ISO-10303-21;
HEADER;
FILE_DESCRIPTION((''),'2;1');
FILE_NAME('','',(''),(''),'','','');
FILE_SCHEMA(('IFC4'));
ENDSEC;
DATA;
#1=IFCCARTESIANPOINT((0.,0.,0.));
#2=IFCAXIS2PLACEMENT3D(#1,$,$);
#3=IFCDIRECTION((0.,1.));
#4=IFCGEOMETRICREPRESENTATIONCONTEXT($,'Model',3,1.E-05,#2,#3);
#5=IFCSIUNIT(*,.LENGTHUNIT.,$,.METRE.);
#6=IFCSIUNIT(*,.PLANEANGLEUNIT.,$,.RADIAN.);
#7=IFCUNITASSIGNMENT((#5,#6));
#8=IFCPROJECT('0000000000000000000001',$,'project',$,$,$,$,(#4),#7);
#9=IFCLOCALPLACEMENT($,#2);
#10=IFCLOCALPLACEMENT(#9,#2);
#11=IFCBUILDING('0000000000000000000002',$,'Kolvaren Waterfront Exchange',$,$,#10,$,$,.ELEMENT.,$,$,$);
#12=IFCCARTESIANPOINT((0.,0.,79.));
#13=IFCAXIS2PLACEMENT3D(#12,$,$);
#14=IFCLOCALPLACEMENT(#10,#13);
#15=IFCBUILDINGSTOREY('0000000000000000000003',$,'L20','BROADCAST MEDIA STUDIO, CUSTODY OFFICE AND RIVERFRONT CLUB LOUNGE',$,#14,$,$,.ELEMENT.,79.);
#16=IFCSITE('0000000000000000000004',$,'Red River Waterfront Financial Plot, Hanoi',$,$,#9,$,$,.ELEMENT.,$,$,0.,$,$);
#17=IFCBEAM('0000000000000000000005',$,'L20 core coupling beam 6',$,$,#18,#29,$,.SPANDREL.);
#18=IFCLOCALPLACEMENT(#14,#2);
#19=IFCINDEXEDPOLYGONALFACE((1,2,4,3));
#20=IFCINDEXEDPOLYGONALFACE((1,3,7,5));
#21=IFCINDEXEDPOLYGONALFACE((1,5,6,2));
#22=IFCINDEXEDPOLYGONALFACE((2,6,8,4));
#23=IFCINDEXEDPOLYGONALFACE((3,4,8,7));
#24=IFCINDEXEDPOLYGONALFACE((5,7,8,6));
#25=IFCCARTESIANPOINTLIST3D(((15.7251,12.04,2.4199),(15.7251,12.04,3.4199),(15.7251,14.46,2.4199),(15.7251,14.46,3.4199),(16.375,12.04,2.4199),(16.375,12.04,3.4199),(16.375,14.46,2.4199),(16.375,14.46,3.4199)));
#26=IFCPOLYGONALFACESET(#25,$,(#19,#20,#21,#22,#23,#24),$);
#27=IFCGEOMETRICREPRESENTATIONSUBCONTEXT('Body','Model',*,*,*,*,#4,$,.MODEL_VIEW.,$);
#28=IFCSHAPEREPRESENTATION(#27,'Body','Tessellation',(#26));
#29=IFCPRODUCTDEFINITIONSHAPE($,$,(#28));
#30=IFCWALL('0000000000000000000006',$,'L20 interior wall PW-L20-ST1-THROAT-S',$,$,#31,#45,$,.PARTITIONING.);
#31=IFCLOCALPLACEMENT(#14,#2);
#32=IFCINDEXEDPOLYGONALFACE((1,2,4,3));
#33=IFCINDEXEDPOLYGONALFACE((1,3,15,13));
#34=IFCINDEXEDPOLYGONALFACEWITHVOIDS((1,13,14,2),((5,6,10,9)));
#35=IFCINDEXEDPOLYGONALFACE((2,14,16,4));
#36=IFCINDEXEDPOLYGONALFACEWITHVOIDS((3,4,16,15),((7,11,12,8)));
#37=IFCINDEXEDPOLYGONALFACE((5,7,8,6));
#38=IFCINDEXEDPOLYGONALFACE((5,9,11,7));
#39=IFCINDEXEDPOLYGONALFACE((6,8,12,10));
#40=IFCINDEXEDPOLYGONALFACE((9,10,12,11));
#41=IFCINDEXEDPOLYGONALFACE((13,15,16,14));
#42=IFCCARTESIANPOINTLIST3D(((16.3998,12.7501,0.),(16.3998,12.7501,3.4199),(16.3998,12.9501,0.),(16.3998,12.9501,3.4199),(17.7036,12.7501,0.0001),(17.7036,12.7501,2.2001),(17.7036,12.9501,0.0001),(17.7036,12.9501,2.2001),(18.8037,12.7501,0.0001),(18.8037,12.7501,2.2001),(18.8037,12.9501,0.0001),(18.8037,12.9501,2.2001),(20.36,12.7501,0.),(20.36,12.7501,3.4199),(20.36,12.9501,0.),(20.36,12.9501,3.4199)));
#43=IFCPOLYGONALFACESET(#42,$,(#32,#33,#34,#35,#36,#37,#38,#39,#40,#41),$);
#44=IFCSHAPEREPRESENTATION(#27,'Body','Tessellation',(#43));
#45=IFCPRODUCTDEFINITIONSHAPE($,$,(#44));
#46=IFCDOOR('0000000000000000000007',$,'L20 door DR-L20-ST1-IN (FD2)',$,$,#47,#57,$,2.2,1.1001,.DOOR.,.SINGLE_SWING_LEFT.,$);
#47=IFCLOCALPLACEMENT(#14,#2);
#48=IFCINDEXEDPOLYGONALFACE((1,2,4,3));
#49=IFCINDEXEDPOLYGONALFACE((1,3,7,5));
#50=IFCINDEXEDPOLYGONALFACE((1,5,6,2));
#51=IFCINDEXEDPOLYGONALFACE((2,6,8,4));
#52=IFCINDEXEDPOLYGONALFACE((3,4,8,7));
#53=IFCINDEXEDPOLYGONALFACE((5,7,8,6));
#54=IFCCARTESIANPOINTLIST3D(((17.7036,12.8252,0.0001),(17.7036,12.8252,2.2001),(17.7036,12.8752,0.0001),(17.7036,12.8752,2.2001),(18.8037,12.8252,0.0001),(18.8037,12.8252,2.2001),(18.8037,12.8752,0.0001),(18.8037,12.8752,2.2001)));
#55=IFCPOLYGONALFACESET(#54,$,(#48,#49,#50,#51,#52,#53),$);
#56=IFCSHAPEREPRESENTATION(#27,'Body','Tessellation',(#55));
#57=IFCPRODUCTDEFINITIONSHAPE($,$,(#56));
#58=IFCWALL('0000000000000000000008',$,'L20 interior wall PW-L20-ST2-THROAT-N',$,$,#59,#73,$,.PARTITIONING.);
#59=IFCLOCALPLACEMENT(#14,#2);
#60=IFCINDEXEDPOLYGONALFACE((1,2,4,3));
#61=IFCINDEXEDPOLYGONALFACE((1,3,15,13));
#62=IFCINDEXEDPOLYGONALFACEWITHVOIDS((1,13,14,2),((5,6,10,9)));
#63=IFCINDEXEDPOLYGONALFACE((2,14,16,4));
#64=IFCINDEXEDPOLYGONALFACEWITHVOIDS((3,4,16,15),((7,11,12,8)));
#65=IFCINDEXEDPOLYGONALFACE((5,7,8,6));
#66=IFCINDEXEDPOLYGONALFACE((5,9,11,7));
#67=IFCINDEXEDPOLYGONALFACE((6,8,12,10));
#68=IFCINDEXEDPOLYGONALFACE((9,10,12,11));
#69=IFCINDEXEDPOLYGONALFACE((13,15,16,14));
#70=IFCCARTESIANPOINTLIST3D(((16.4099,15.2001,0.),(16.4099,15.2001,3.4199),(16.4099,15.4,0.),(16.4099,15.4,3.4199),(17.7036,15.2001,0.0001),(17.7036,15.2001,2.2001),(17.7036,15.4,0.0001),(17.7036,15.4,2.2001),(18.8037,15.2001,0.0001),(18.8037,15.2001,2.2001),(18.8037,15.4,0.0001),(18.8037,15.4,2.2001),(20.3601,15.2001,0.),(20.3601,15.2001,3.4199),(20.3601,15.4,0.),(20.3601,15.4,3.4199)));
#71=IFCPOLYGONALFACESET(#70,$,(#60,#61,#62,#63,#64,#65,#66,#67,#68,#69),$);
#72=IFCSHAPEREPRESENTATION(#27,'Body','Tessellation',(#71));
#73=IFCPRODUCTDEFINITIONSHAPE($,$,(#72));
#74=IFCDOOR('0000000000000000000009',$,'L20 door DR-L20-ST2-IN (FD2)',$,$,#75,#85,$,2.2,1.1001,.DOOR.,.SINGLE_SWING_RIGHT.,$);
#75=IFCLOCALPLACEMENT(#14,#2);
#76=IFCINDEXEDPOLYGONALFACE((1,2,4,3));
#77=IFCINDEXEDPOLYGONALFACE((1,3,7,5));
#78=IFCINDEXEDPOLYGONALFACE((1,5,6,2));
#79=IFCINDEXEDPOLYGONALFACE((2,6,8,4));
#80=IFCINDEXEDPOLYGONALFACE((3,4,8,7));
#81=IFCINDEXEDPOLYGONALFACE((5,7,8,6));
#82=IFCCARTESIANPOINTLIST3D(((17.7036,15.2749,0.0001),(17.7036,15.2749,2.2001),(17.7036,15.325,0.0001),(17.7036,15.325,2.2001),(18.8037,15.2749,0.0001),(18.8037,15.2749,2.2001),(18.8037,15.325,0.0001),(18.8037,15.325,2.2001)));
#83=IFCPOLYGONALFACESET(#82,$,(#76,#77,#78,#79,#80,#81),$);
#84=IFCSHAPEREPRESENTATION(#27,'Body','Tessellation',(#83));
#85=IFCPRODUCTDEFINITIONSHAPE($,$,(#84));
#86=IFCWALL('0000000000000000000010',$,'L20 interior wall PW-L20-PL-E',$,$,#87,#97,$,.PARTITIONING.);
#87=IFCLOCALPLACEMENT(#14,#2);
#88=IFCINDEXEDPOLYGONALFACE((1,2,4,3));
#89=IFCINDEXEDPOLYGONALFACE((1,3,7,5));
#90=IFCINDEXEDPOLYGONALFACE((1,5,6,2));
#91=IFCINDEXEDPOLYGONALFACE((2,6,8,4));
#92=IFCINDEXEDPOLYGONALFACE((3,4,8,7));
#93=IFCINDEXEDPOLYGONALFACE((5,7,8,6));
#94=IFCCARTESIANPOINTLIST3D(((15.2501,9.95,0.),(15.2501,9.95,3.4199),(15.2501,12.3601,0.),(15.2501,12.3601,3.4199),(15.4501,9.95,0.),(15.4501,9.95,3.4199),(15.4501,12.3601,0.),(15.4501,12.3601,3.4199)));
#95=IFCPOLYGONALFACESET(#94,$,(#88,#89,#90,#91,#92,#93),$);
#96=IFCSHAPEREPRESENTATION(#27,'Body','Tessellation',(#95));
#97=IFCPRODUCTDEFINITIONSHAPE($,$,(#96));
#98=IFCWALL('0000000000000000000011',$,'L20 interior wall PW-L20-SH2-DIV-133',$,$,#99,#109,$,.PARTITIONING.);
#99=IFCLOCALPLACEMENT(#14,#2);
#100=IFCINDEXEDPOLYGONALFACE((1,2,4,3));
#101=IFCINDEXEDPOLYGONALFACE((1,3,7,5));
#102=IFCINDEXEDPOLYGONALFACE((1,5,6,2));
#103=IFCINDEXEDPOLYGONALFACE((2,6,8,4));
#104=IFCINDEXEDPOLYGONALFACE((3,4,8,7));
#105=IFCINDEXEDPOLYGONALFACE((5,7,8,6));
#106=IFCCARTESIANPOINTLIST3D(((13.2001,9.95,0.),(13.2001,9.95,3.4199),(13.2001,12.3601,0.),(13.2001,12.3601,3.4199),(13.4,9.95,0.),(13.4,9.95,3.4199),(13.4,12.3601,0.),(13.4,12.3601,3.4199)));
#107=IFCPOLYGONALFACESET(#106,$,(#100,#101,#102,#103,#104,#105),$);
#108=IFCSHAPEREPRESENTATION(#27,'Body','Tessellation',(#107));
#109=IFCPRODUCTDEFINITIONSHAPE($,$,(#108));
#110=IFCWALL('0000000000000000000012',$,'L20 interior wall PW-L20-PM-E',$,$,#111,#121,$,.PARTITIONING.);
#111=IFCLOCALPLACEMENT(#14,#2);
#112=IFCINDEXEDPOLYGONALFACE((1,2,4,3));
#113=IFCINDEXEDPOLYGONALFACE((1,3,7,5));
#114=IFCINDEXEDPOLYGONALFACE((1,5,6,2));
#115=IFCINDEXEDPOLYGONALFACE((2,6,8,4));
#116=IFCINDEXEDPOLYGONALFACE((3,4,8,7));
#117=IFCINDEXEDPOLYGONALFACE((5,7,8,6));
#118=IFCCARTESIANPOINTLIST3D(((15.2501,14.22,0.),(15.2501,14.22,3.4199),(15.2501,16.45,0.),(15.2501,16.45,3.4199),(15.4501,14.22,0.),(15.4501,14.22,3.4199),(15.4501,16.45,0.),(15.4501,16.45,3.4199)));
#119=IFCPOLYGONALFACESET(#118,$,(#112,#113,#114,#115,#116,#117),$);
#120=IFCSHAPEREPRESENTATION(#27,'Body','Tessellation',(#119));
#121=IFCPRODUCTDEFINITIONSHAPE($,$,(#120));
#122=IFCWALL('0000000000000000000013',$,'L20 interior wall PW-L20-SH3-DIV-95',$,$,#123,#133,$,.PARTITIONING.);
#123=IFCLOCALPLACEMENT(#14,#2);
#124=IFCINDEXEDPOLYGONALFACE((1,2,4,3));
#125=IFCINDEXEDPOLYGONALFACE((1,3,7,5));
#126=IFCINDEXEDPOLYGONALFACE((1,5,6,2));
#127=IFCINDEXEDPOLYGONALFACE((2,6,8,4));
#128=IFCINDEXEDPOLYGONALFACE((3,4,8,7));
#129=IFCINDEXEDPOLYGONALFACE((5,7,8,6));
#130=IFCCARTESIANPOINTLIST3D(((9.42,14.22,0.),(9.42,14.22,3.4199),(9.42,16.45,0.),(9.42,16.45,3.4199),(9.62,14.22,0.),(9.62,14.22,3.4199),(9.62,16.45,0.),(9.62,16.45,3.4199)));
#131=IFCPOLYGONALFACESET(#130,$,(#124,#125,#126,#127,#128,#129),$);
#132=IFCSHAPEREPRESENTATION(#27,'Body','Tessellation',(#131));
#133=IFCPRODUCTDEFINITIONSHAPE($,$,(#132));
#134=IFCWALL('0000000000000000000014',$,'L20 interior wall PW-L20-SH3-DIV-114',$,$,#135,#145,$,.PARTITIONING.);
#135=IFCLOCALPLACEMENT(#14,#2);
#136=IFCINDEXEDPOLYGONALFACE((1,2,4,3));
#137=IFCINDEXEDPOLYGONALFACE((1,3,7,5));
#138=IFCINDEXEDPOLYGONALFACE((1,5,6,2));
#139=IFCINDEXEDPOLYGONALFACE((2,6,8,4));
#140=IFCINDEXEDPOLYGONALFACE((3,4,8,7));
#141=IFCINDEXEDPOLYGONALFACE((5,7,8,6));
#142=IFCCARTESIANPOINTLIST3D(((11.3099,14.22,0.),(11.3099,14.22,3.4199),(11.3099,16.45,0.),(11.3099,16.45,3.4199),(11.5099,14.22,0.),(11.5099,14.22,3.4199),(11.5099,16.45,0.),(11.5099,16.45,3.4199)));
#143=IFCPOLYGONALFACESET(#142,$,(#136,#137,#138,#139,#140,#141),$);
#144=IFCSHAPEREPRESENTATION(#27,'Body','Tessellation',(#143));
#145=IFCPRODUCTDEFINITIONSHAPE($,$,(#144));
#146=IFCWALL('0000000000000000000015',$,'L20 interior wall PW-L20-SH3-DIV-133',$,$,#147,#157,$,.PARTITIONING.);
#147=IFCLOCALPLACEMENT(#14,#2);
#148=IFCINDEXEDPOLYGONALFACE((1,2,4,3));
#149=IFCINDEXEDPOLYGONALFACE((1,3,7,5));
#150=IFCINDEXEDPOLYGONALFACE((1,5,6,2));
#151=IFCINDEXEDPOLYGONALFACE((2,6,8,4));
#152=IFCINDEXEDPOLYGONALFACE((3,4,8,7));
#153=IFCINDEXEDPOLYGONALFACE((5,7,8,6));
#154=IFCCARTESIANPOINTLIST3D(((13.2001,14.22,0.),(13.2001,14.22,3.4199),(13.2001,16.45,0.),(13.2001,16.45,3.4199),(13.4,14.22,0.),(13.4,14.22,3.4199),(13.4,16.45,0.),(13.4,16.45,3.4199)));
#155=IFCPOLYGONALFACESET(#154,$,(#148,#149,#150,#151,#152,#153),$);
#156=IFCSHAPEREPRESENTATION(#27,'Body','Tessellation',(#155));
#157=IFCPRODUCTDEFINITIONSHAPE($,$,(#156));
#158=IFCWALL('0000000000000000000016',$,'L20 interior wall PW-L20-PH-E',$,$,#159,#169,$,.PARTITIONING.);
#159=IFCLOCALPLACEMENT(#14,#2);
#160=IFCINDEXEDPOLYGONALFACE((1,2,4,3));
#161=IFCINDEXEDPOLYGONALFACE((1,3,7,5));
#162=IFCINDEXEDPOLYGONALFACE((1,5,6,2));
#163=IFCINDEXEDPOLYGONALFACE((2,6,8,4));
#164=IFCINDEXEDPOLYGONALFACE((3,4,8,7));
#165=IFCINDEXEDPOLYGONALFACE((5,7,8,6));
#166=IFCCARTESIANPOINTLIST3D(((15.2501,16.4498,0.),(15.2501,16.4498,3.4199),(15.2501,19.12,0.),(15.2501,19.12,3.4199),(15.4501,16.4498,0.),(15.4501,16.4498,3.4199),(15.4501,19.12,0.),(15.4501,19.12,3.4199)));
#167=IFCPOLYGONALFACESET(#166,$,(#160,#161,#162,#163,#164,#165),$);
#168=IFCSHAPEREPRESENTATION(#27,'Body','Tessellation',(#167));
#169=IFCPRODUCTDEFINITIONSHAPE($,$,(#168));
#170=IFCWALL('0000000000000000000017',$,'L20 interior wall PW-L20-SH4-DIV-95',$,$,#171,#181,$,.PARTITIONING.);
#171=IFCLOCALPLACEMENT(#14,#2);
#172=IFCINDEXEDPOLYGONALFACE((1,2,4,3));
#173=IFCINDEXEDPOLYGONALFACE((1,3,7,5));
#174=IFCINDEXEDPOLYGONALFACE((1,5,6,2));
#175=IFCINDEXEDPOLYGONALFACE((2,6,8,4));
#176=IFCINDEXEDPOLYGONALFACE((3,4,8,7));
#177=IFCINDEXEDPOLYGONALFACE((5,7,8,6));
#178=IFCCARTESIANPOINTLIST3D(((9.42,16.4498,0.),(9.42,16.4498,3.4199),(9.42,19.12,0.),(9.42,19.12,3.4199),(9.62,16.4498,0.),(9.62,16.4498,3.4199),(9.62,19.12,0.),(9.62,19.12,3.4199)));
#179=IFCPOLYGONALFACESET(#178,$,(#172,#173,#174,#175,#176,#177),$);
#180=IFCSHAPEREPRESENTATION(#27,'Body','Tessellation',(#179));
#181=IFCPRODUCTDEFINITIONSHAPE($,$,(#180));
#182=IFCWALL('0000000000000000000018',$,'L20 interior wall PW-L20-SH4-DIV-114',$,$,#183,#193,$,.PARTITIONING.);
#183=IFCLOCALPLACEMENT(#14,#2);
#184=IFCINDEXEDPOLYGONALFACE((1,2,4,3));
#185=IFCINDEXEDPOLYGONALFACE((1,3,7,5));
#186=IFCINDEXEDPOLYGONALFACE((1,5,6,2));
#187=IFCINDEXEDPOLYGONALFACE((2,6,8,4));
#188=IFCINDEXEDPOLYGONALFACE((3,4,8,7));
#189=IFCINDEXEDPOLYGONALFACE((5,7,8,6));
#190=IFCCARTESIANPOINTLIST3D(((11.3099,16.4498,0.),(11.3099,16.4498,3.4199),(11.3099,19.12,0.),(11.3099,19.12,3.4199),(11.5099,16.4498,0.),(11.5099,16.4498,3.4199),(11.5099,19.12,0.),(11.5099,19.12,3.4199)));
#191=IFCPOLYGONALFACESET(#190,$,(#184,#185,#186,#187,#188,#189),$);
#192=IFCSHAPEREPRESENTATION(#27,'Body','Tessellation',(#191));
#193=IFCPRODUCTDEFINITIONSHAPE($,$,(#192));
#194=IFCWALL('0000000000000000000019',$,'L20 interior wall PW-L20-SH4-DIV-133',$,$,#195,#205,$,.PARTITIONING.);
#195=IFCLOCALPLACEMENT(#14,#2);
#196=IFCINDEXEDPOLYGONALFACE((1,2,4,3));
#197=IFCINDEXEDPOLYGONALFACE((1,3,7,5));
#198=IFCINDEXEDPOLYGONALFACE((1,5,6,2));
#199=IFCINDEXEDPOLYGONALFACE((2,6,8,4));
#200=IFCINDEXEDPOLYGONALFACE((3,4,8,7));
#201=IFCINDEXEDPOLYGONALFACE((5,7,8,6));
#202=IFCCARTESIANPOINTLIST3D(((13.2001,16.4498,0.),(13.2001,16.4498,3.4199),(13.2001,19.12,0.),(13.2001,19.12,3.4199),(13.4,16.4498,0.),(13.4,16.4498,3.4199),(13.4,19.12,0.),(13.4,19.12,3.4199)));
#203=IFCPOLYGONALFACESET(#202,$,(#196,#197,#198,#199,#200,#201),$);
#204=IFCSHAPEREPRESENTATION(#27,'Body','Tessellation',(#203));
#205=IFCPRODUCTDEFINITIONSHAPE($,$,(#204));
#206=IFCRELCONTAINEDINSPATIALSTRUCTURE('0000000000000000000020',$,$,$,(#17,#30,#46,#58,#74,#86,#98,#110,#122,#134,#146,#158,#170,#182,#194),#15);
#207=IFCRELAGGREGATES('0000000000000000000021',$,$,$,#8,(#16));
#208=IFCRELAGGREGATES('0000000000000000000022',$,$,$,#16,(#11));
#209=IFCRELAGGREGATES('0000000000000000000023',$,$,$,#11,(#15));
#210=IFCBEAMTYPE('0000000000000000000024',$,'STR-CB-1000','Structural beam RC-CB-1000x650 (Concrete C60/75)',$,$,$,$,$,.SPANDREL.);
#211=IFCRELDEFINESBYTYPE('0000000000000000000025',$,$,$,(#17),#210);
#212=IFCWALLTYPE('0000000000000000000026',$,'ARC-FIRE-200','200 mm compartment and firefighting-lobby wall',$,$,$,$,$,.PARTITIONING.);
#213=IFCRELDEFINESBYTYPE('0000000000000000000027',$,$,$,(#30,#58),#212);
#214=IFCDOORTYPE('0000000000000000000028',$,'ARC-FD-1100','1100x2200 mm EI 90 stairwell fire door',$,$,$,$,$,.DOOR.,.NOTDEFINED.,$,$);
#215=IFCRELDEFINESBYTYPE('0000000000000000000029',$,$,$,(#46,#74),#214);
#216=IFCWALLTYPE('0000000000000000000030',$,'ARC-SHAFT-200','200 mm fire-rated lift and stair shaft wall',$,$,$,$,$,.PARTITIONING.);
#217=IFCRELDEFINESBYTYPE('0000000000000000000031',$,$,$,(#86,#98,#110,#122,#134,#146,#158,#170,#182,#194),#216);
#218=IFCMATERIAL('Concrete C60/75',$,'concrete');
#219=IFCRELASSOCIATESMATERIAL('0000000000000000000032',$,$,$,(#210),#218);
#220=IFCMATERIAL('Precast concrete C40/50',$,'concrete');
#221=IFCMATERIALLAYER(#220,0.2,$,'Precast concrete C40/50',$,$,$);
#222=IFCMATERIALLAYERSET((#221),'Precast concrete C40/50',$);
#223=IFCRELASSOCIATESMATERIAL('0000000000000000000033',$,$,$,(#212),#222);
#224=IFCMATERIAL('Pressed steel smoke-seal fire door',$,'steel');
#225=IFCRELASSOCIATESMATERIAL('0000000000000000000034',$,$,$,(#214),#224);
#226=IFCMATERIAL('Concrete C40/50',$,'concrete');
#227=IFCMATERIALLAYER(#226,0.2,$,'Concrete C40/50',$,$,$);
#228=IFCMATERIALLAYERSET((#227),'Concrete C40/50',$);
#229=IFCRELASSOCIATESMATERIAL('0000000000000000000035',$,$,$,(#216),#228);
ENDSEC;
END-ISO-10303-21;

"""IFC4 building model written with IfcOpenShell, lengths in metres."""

from ifc_helpers import new_model, si_unit, direction, frame, frame_2d, origin, origin_2d, place, context, subcontext, project, spatial, rectangle, extrude, material, layer, layer_set, material_profile, profile_set, type_object, element, fill, save


model = new_model("IFC4")

# Units and contexts
model_context = context("Model", 3, precision=1e-05, world=origin(), true_north=direction((0.0, 1.0)))
body_context = subcontext(model_context, "Body", "Model", "MODEL_VIEW")
ifc_project = project(units=[si_unit("LENGTHUNIT", "METRE"), si_unit("PLANEANGLEUNIT", "RADIAN")], contexts=[model_context])

# Site, building, storey
site_placement = place(None, origin())
site = spatial("IfcSite", under=ifc_project, at=site_placement, Name="Red River Waterfront Financial Plot, Hanoi", CompositionType="ELEMENT", RefElevation=0.0)
building_placement = place(site_placement, origin())
building = spatial("IfcBuilding", under=site, at=building_placement, Name="Kolvaren Waterfront Exchange", CompositionType="ELEMENT")
storey_placement = place(building_placement, frame((0.0, 0.0, 79.0)))
storey = spatial("IfcBuildingStorey", under=building, at=storey_placement, Name="L20", Description="BROADCAST MEDIA STUDIO, CUSTODY OFFICE AND RIVERFRONT CLUB LOUNGE", CompositionType="ELEMENT", Elevation=79.0)

# Beam
ifc_material_1 = material(Name="Concrete C60/75", Category="concrete")
ifc_material_profile = material_profile(ifc_material_1, rectangle(XDim=0.6499, YDim=1.0, at=origin_2d()), Name="RC-CB-1000x650")
ifc_profile_set = profile_set([ifc_material_profile], Name="Concrete C60/75")
beam_type = type_object("IfcBeamType", Name="STR-CB-1000", Description="Structural beam RC-CB-1000x650 (Concrete C60/75)", PredefinedType="SPANDREL", material=ifc_profile_set)
beam_placement = place(storey_placement, frame((16.05, 12.04, 2.9199), z_axis=(0.0, 1.0, 0.0), x_axis=(-1.0, 0.0, 0.0)))
element("IfcBeam", 1, at=beam_placement, inside=storey, type_object=beam_type, Name="L20 core coupling beam 6", PredefinedType="SPANDREL", context=body_context, shape_type="SweptSolid", body=[
    extrude(rectangle(XDim=0.6499, YDim=1.0, at=origin_2d()), origin(), (0.0, 0.0, 1.0), 2.4199),
])

# Walls, openings, doors
ifc_material_2 = material(Name="Precast concrete C40/50", Category="concrete")
ifc_layer_1 = layer(ifc_material_2, 0.2, Name="Precast concrete C40/50")
ifc_layer_set_1 = layer_set([ifc_layer_1], Name="Precast concrete C40/50")
wall_type_1 = type_object("IfcWallType", Name="ARC-FIRE-200", Description="200 mm compartment and firefighting-lobby wall", PredefinedType="PARTITIONING", material=ifc_layer_set_1)
wall_1_placement = place(storey_placement, frame((16.3999, 12.8501, 0.0), z_axis=(0.0, 0.0, 1.0), x_axis=(1.0, 0.0, 0.0)))
wall_1 = element("IfcWall", 2, at=wall_1_placement, inside=storey, type_object=wall_type_1, Name="L20 interior wall PW-L20-ST1-THROAT-S", PredefinedType="PARTITIONING", context=body_context, shape_type="SweptSolid", body=[
    extrude(rectangle(XDim=3.9602, YDim=0.2, at=frame_2d((1.98, 0.0))), origin(), (0.0, 0.0, 1.0), 3.4199),
])
opening_1_placement = place(wall_1_placement, frame((1.3037, 0.0, 0.0)))
opening_1 = element("IfcOpeningElement", 3, at=opening_1_placement, cuts=wall_1, PredefinedType="OPENING", context=body_context, shape_type="SweptSolid", body=[
    extrude(rectangle(XDim=1.1001, YDim=2.2, at=frame_2d((0.55, 1.1001))), frame((0.0, 0.1099, 0.0), z_axis=(0.0, -1.0, 0.0), x_axis=(1.0, 0.0, 0.0)), (0.0, 0.0, 1.0), 0.22),
])
ifc_material_3 = material(Name="Pressed steel smoke-seal fire door", Category="steel")
door_type = type_object("IfcDoorType", Name="ARC-FD-1100", Description="1100x2200 mm EI 90 stairwell fire door", OperationType="NOTDEFINED", PredefinedType="DOOR", material=ifc_material_3)
door_1_placement = place(opening_1_placement, frame((1.1001, 0.0, 0.0), z_axis=(0.0, 0.0, 1.0), x_axis=(-1.0, 0.0, 0.0)))
door_1 = element("IfcDoor", 4, at=door_1_placement, inside=storey, type_object=door_type, Name="L20 door DR-L20-ST1-IN (FD2)", OperationType="SINGLE_SWING_LEFT", OverallHeight=2.2, OverallWidth=1.1001, PredefinedType="DOOR", context=body_context, shape_type="SweptSolid", body=[
    extrude(rectangle(XDim=1.1001, YDim=2.2, at=frame_2d((0.55, 1.1001))), frame((0.0, 0.0249, 0.0), z_axis=(0.0, -1.0, 0.0), x_axis=(1.0, 0.0, 0.0)), (0.0, 0.0, 1.0), 0.05),
])
fill(opening_1, door_1)
wall_2_placement = place(storey_placement, frame((16.4099, 15.3, 0.0), z_axis=(0.0, 0.0, 1.0), x_axis=(1.0, 0.0, 0.0)))
wall_2 = element("IfcWall", 5, at=wall_2_placement, inside=storey, type_object=wall_type_1, Name="L20 interior wall PW-L20-ST2-THROAT-N", PredefinedType="PARTITIONING", context=body_context, shape_type="SweptSolid", body=[
    extrude(rectangle(XDim=3.9502, YDim=0.2, at=frame_2d((1.9751, 0.0))), origin(), (0.0, 0.0, 1.0), 3.4199),
])
opening_2_placement = place(wall_2_placement, frame((1.2937, 0.0, 0.0)))
opening_2 = element("IfcOpeningElement", 6, at=opening_2_placement, cuts=wall_2, PredefinedType="OPENING", context=body_context, shape_type="SweptSolid", body=[
    extrude(rectangle(XDim=1.1001, YDim=2.2, at=frame_2d((0.55, 1.1001))), frame((0.0, 0.1099, 0.0), z_axis=(0.0, -1.0, 0.0), x_axis=(1.0, 0.0, 0.0)), (0.0, 0.0, 1.0), 0.22),
])
door_2_placement = place(opening_2_placement, origin())
door_2 = element("IfcDoor", 7, at=door_2_placement, inside=storey, type_object=door_type, Name="L20 door DR-L20-ST2-IN (FD2)", OperationType="SINGLE_SWING_RIGHT", OverallHeight=2.2, OverallWidth=1.1001, PredefinedType="DOOR", context=body_context, shape_type="SweptSolid", body=[
    extrude(rectangle(XDim=1.1001, YDim=2.2, at=frame_2d((0.55, 1.1001))), frame((0.0, 0.0249, 0.0), z_axis=(0.0, -1.0, 0.0), x_axis=(1.0, 0.0, 0.0)), (0.0, 0.0, 1.0), 0.05),
])
fill(opening_2, door_2)

# Walls
ifc_material_4 = material(Name="Concrete C40/50", Category="concrete")
ifc_layer_2 = layer(ifc_material_4, 0.2, Name="Concrete C40/50")
ifc_layer_set_2 = layer_set([ifc_layer_2], Name="Concrete C40/50")
wall_type_2 = type_object("IfcWallType", Name="ARC-SHAFT-200", Description="200 mm fire-rated lift and stair shaft wall", PredefinedType="PARTITIONING", material=ifc_layer_set_2)
for number, where, z_axis, x_axis, name in (
    (8, (15.3501, 9.95, 0.0), (0.0, 0.0, 1.0), (0.0, 1.0, 0.0), "L20 interior wall PW-L20-PL-E"),
    (9, (13.3, 9.95, 0.0), (0.0, 0.0, 1.0), (0.0, 1.0, 0.0), "L20 interior wall PW-L20-SH2-DIV-133"),
):
    element("IfcWall", number, at=place(storey_placement, frame(where, z_axis=z_axis, x_axis=x_axis)), inside=storey, type_object=wall_type_2, Name=name, PredefinedType="PARTITIONING", context=body_context, shape_type="SweptSolid", body=[
        extrude(rectangle(XDim=2.4102, YDim=0.2, at=frame_2d((1.2051, 0.0))), origin(), (0.0, 0.0, 1.0), 3.4199),
    ])
for number, where, z_axis, x_axis, name in (
    (10, (15.3501, 14.22, 0.0), (0.0, 0.0, 1.0), (0.0, 1.0, 0.0), "L20 interior wall PW-L20-PM-E"),
    (11, (9.52, 14.22, 0.0), (0.0, 0.0, 1.0), (0.0, 1.0, 0.0), "L20 interior wall PW-L20-SH3-DIV-95"),
    (12, (11.4099, 14.22, 0.0), (0.0, 0.0, 1.0), (0.0, 1.0, 0.0), "L20 interior wall PW-L20-SH3-DIV-114"),
    (13, (13.3, 14.22, 0.0), (0.0, 0.0, 1.0), (0.0, 1.0, 0.0), "L20 interior wall PW-L20-SH3-DIV-133"),
):
    element("IfcWall", number, at=place(storey_placement, frame(where, z_axis=z_axis, x_axis=x_axis)), inside=storey, type_object=wall_type_2, Name=name, PredefinedType="PARTITIONING", context=body_context, shape_type="SweptSolid", body=[
        extrude(rectangle(XDim=2.23, YDim=0.2, at=frame_2d((1.115, 0.0))), origin(), (0.0, 0.0, 1.0), 3.4199),
    ])
for number, where, z_axis, x_axis, name in (
    (14, (15.3501, 16.45, 0.0), (0.0, 0.0, 1.0), (0.0, 1.0, 0.0), "L20 interior wall PW-L20-PH-E"),
    (15, (9.52, 16.45, 0.0), (0.0, 0.0, 1.0), (0.0, 1.0, 0.0), "L20 interior wall PW-L20-SH4-DIV-95"),
    (16, (11.4099, 16.45, 0.0), (0.0, 0.0, 1.0), (0.0, 1.0, 0.0), "L20 interior wall PW-L20-SH4-DIV-114"),
    (17, (13.3, 16.45, 0.0), (0.0, 0.0, 1.0), (0.0, 1.0, 0.0), "L20 interior wall PW-L20-SH4-DIV-133"),
):
    element("IfcWall", number, at=place(storey_placement, frame(where, z_axis=z_axis, x_axis=x_axis)), inside=storey, type_object=wall_type_2, Name=name, PredefinedType="PARTITIONING", context=body_context, shape_type="SweptSolid", body=[
        extrude(rectangle(XDim=2.6702, YDim=0.2, at=frame_2d((1.335, 0.0))), origin(), (0.0, 0.0, 1.0), 3.4199),
    ])

save(model, "model.ifc")
